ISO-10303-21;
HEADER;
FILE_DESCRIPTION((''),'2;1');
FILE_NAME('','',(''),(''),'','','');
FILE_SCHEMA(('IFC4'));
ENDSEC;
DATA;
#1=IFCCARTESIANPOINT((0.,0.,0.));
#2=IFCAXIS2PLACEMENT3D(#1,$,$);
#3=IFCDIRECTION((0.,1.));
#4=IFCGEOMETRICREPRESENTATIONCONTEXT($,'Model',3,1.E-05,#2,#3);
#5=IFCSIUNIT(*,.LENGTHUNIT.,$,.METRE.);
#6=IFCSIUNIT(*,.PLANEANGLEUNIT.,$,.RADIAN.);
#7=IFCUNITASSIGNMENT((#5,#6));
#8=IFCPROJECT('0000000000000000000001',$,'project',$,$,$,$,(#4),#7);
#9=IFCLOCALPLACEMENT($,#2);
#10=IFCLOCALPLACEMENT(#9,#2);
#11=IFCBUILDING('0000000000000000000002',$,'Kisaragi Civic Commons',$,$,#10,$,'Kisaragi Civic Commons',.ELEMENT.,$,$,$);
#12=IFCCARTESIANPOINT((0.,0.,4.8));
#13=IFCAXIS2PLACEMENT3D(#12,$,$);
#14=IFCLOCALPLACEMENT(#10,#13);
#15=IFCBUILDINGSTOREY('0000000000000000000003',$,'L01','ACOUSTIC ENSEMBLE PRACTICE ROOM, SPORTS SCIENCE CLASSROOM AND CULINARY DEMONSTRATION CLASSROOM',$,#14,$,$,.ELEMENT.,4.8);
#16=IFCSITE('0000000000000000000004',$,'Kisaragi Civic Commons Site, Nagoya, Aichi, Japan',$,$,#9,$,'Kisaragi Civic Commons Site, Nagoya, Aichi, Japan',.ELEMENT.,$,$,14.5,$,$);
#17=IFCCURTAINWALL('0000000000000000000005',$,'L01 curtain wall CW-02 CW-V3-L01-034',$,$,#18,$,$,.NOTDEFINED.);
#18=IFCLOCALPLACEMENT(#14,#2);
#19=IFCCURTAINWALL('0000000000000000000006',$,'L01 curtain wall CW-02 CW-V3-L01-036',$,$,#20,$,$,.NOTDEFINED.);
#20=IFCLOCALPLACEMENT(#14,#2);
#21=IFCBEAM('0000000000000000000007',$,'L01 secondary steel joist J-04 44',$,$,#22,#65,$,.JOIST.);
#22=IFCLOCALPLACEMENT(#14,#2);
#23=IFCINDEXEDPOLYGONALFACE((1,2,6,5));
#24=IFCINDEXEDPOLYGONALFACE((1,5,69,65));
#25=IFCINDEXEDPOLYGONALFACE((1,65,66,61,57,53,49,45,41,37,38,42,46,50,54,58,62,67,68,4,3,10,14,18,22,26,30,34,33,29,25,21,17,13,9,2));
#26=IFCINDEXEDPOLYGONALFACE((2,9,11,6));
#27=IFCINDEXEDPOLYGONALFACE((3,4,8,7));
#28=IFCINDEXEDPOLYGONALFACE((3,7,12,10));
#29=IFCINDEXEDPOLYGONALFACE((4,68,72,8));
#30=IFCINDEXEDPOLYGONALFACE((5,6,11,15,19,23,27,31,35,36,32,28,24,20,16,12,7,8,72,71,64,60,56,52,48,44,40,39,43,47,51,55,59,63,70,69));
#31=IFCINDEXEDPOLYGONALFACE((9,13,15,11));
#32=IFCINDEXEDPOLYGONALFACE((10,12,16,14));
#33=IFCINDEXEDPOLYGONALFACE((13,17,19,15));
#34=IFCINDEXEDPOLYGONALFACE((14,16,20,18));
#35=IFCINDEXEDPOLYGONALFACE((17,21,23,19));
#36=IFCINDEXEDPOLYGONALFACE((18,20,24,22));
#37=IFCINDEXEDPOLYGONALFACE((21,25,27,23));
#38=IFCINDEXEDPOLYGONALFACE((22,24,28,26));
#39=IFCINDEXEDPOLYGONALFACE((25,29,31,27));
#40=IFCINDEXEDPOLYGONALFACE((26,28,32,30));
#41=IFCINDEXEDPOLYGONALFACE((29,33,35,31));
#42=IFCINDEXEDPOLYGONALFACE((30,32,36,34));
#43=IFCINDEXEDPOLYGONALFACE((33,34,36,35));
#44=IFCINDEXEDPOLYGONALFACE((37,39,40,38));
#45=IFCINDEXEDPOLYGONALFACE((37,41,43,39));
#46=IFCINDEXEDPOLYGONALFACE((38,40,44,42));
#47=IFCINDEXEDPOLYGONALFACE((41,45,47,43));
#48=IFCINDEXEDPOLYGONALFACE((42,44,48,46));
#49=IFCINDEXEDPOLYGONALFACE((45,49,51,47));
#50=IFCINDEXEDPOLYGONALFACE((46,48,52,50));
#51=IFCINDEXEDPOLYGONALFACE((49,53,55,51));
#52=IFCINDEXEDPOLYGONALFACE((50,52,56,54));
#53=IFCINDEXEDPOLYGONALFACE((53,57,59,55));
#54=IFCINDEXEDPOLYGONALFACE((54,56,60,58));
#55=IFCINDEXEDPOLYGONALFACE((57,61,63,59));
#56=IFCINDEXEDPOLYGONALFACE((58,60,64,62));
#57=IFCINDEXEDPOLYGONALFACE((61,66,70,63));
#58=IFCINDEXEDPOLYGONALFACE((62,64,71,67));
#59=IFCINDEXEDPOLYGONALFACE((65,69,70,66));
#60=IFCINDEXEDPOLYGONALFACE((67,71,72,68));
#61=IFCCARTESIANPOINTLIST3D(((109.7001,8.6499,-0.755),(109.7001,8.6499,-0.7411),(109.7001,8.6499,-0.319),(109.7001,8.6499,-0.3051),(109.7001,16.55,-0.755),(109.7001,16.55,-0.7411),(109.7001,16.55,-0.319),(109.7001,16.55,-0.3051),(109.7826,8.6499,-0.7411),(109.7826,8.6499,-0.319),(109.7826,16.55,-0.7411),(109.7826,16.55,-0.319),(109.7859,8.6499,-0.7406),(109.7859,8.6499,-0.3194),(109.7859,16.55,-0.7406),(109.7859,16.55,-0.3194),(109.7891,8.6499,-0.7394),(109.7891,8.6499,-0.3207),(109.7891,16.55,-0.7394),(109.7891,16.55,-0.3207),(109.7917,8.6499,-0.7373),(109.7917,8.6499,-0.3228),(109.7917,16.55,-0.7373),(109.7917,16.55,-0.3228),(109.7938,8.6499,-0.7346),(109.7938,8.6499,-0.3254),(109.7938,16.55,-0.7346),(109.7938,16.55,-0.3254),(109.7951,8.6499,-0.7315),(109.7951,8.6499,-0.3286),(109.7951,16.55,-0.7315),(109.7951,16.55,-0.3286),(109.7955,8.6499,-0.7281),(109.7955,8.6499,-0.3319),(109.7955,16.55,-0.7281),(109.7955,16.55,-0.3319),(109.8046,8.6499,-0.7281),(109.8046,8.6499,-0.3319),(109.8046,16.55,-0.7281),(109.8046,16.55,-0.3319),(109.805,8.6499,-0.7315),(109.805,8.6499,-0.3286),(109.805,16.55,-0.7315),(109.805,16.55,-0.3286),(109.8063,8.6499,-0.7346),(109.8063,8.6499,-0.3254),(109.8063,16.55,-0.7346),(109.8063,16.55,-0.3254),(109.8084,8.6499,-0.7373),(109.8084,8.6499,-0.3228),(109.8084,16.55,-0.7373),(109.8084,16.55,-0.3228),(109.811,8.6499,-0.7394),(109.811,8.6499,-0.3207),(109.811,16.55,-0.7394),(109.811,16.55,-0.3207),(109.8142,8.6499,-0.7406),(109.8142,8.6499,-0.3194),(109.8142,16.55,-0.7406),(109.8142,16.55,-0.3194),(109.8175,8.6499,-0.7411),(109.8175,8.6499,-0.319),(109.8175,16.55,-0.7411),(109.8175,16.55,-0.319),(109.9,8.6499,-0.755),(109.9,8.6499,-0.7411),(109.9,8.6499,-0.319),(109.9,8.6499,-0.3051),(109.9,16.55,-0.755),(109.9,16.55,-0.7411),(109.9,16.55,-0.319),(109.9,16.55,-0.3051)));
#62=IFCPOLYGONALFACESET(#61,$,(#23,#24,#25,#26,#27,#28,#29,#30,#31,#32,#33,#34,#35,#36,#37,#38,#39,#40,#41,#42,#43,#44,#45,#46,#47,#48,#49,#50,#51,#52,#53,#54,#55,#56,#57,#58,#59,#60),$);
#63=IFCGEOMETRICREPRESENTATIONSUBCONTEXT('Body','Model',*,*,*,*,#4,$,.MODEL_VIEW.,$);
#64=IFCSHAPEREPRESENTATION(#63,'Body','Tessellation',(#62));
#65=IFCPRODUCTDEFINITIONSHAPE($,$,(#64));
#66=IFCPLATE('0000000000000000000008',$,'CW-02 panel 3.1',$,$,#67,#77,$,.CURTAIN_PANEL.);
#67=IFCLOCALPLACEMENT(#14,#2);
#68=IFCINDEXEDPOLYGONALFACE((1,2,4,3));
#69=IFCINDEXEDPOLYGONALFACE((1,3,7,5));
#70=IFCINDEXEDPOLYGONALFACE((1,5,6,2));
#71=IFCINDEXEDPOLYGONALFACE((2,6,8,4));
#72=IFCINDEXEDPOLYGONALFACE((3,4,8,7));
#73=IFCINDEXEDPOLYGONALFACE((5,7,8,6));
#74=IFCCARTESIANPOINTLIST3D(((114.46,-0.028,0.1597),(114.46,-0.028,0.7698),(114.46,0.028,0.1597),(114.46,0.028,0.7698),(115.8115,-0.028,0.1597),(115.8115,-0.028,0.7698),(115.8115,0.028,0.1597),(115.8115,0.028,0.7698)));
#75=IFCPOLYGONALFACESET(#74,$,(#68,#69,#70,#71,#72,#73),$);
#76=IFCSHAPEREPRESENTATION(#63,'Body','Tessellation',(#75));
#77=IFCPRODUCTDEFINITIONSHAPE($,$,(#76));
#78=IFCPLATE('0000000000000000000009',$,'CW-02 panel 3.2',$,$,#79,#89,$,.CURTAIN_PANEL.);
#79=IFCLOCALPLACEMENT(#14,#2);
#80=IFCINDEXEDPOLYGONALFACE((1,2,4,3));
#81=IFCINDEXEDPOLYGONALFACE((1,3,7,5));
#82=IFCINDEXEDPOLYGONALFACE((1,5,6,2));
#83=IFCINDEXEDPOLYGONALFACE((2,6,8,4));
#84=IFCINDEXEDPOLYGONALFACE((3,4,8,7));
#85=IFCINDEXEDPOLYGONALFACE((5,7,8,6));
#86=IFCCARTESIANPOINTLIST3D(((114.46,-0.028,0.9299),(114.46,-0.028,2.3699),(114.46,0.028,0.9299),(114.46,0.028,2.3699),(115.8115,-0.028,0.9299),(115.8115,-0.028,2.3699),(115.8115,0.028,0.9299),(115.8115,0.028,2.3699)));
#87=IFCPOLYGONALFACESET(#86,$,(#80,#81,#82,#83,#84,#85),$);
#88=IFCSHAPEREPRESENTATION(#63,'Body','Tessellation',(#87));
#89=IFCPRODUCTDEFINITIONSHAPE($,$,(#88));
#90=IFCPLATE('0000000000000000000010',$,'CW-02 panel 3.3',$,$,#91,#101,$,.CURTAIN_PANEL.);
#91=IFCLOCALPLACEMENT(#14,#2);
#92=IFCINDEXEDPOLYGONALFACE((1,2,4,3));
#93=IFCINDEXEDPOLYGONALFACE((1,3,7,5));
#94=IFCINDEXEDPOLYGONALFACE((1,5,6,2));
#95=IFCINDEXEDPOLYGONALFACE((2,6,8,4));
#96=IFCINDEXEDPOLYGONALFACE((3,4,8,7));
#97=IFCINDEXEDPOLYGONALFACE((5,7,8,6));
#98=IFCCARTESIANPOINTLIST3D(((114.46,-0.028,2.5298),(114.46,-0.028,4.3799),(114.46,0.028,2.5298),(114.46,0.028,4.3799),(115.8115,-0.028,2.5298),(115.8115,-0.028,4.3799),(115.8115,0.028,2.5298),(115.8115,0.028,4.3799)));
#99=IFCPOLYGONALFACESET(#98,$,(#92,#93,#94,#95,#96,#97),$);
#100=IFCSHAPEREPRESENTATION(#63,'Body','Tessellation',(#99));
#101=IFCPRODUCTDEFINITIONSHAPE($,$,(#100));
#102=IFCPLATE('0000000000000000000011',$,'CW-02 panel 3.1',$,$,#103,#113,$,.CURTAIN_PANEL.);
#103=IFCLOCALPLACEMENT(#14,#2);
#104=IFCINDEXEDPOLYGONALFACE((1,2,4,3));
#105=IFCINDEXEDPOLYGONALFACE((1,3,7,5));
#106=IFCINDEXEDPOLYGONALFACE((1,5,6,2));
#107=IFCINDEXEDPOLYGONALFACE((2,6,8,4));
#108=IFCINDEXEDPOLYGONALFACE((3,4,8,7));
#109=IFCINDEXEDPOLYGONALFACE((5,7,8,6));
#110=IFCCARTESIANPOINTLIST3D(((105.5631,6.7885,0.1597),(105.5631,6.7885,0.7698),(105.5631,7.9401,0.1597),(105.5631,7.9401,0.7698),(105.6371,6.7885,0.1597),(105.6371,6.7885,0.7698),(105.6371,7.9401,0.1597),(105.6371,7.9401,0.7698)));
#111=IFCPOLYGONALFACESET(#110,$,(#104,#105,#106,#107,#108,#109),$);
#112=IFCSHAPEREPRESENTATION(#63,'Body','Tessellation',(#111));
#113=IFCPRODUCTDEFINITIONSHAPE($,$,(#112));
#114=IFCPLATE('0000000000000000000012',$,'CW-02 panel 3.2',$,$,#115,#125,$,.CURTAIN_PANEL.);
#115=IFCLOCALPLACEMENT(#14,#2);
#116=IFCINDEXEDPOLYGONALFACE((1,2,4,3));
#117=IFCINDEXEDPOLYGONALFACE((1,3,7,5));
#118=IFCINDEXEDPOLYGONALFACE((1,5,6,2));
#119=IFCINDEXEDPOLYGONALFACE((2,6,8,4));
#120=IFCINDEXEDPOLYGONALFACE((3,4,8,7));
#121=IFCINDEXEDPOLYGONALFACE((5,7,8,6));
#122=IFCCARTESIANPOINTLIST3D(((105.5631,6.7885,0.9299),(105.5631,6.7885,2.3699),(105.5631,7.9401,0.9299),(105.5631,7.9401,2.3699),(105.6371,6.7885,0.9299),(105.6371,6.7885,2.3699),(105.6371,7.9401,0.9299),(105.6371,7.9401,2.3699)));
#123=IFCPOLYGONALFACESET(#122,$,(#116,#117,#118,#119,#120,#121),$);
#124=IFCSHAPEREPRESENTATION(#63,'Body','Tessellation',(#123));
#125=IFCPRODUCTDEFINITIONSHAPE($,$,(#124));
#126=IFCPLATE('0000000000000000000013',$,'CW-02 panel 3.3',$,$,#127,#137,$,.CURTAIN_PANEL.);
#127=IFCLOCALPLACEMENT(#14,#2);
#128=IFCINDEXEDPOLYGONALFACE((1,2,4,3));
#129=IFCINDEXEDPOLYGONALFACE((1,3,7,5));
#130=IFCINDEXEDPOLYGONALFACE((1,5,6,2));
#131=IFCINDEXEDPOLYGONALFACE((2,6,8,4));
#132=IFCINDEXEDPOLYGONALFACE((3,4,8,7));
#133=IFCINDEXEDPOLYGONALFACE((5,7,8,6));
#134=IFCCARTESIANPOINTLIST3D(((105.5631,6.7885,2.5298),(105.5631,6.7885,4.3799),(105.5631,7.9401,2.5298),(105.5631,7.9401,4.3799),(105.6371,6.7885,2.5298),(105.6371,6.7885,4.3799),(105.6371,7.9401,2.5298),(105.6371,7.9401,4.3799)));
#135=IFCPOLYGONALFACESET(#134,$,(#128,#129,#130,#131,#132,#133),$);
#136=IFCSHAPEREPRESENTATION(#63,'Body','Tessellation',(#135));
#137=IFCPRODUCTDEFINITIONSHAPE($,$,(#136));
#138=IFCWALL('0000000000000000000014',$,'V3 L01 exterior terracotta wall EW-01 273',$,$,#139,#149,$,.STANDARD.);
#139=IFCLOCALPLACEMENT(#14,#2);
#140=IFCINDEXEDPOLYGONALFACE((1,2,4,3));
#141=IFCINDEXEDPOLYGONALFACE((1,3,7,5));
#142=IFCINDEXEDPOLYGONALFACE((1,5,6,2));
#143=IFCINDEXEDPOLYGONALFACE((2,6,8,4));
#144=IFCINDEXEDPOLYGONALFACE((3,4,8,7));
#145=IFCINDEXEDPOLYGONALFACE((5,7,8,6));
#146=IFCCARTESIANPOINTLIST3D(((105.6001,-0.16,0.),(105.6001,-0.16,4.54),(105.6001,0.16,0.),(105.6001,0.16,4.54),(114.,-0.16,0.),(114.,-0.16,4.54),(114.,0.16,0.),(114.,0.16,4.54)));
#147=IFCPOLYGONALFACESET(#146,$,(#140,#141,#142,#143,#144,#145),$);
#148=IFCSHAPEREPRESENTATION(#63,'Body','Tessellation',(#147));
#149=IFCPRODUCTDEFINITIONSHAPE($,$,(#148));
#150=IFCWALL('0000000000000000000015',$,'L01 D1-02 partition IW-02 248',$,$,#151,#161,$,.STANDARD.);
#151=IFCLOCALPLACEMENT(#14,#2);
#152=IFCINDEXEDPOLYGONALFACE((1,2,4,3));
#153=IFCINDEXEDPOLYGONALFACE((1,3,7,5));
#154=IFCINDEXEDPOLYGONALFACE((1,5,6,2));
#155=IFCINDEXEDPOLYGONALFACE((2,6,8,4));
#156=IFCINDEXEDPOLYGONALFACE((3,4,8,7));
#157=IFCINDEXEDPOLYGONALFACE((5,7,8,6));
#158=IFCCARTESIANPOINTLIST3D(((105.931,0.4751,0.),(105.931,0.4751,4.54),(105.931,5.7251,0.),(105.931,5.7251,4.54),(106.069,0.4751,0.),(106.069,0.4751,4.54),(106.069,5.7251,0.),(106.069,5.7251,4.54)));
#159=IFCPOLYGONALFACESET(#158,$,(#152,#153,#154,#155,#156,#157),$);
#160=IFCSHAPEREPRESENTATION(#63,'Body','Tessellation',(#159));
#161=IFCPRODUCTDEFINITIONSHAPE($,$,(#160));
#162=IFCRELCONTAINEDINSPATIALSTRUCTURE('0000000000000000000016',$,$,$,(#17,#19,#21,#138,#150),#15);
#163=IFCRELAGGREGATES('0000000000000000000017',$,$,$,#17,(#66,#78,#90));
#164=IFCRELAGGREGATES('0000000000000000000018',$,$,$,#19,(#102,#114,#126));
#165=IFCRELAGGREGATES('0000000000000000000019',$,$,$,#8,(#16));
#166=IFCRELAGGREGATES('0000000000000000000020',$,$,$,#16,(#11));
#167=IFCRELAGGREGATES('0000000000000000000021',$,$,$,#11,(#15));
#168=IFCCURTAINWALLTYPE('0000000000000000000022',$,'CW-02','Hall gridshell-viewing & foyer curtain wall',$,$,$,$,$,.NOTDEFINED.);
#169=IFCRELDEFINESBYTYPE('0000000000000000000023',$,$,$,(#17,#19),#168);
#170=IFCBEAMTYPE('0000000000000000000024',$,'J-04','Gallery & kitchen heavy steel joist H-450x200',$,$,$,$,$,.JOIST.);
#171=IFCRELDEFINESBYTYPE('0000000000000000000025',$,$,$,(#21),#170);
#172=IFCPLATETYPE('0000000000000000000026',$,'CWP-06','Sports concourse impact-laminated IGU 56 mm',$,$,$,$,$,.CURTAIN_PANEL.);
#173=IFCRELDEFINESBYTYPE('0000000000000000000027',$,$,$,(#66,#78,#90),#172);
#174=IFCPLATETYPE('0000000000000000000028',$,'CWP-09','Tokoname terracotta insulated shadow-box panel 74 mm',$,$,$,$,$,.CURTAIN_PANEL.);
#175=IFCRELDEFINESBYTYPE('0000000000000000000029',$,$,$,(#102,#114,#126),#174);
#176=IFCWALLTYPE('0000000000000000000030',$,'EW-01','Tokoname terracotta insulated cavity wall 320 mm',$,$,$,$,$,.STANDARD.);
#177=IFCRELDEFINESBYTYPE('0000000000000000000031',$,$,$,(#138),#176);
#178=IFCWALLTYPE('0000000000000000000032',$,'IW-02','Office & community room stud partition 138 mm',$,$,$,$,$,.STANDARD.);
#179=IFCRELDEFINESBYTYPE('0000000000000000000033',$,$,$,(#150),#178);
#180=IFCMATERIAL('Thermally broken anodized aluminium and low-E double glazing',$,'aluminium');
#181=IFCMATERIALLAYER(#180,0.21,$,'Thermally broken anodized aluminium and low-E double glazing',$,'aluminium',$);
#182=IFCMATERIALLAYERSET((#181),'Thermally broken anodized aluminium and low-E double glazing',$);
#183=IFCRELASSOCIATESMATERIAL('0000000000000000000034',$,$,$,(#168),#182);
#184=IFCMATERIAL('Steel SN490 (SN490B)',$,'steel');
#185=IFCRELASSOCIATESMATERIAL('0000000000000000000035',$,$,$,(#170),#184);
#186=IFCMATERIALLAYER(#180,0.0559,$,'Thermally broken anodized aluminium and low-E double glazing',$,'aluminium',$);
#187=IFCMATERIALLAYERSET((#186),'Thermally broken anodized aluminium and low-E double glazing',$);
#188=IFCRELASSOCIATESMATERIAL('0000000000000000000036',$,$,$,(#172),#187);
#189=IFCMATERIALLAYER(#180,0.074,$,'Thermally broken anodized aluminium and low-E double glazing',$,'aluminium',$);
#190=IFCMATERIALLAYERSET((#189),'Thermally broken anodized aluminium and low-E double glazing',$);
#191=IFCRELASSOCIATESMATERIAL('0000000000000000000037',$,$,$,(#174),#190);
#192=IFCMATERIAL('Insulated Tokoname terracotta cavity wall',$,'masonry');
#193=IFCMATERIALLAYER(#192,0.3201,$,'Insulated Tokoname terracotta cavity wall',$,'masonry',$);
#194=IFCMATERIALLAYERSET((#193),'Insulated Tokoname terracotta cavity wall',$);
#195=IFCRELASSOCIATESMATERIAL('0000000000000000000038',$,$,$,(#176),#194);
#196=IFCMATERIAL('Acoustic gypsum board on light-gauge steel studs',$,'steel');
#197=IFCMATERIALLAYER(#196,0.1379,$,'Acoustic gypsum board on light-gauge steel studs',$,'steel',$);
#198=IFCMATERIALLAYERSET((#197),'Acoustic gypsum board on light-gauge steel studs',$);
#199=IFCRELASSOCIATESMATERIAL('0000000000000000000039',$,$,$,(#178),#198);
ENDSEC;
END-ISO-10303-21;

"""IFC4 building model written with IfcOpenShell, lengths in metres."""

from ifc_helpers import new_model, si_unit, direction, frame, frame_2d, origin, origin_2d, place, context, subcontext, project, spatial, rectangle, i_section, extrude, material, layer, layer_set, material_profile, profile_set, type_object, element, aggregate, save


model = new_model("IFC4")

# Units and contexts
model_context = context("Model", 3, precision=1e-05, world=origin(), true_north=direction((0.0, 1.0)))
body_context = subcontext(model_context, "Body", "Model", "MODEL_VIEW")
ifc_project = project(units=[si_unit("LENGTHUNIT", "METRE"), si_unit("PLANEANGLEUNIT", "RADIAN")], contexts=[model_context])

# Site, building, storey
site_placement = place(None, origin())
site = spatial("IfcSite", under=ifc_project, at=site_placement, Name="Kisaragi Civic Commons Site, Nagoya, Aichi, Japan", LongName="Kisaragi Civic Commons Site, Nagoya, Aichi, Japan", CompositionType="ELEMENT", RefElevation=14.5)
building_placement = place(site_placement, origin())
building = spatial("IfcBuilding", under=site, at=building_placement, Name="Kisaragi Civic Commons", LongName="Kisaragi Civic Commons", CompositionType="ELEMENT")
storey_placement = place(building_placement, frame((0.0, 0.0, 4.8)))
storey = spatial("IfcBuildingStorey", under=building, at=storey_placement, Name="L01", Description="ACOUSTIC ENSEMBLE PRACTICE ROOM, SPORTS SCIENCE CLASSROOM AND CULINARY DEMONSTRATION CLASSROOM", CompositionType="ELEMENT", Elevation=4.8)

# Curtain walls
ifc_material_1 = material(Name="Thermally broken anodized aluminium and low-E double glazing", Category="aluminium")
ifc_layer_1 = layer(ifc_material_1, 0.21, Name="Thermally broken anodized aluminium and low-E double glazing", Category="aluminium")
ifc_layer_set_1 = layer_set([ifc_layer_1], Name="Thermally broken anodized aluminium and low-E double glazing")
curtain_wall_type = type_object("IfcCurtainWallType", Name="CW-02", Description="Hall gridshell-viewing & foyer curtain wall", PredefinedType="NOTDEFINED", material=ifc_layer_set_1)
curtain_wall_1_placement = place(storey_placement, origin())
curtain_wall_1 = element("IfcCurtainWall", 1, at=curtain_wall_1_placement, inside=storey, type_object=curtain_wall_type, Name="L01 curtain wall CW-02 CW-V3-L01-034", PredefinedType="NOTDEFINED")
curtain_wall_2_placement = place(storey_placement, origin())
curtain_wall_2 = element("IfcCurtainWall", 2, at=curtain_wall_2_placement, inside=storey, type_object=curtain_wall_type, Name="L01 curtain wall CW-02 CW-V3-L01-036", PredefinedType="NOTDEFINED")

# Beam
ifc_material_2 = material(Name="Steel SN490 (SN490B)", Category="steel")
ifc_material_profile_1 = material_profile(ifc_material_2, i_section(OverallWidth=0.2, OverallDepth=0.45, WebThickness=0.009, FlangeThickness=0.0139, FilletRadius=0.0129, at=origin_2d()), Name="H-450x200x9x14", Category="steel")
ifc_profile_set_1 = profile_set([ifc_material_profile_1], Name="Steel SN490 (SN490B)")
beam_type = type_object("IfcBeamType", Name="J-04", Description="Gallery & kitchen heavy steel joist H-450x200", PredefinedType="JOIST", material=ifc_profile_set_1)
beam_1_placement = place(storey_placement, frame((109.8, 8.6499, -0.53), z_axis=(0.0, 1.0, 0.0), x_axis=(-1.0, 0.0, 0.0)))
element("IfcBeam", 3, at=beam_1_placement, inside=storey, type_object=beam_type, Name="L01 secondary steel joist J-04 44", PredefinedType="JOIST", context=body_context, shape_type="SweptSolid", body=[
    extrude(i_section(OverallWidth=0.2, OverallDepth=0.45, WebThickness=0.009, FlangeThickness=0.0139, FilletRadius=0.0129, at=origin_2d()), origin(), (0.0, 0.0, 1.0), 7.9001),
])

# Plates
ifc_layer_2 = layer(ifc_material_1, 0.0559, Name="Thermally broken anodized aluminium and low-E double glazing", Category="aluminium")
ifc_layer_set_2 = layer_set([ifc_layer_2], Name="Thermally broken anodized aluminium and low-E double glazing")
plate_type_1 = type_object("IfcPlateType", Name="CWP-06", Description="Sports concourse impact-laminated IGU 56 mm", PredefinedType="CURTAIN_PANEL", material=ifc_layer_set_2)
plate_1_placement = place(storey_placement, frame((115.1357, 0.0, 0.1597), z_axis=(0.0, 0.0, 1.0), x_axis=(-1.0, 0.0, 0.0)))
plate_1 = element("IfcPlate", 4, at=plate_1_placement, type_object=plate_type_1, Name="CW-02 panel 3.1", PredefinedType="CURTAIN_PANEL", context=body_context, shape_type="SweptSolid", body=[
    extrude(rectangle(XDim=1.3516, YDim=0.0559, at=origin_2d()), origin(), (0.0, 0.0, 1.0), 0.6101),
])
plate_2_placement = place(storey_placement, frame((115.1357, 0.0, 0.9299), z_axis=(0.0, 0.0, 1.0), x_axis=(-1.0, 0.0, 0.0)))
plate_2 = element("IfcPlate", 5, at=plate_2_placement, type_object=plate_type_1, Name="CW-02 panel 3.2", PredefinedType="CURTAIN_PANEL", context=body_context, shape_type="SweptSolid", body=[
    extrude(rectangle(XDim=1.3516, YDim=0.0559, at=origin_2d()), origin(), (0.0, 0.0, 1.0), 1.4399),
])
plate_3_placement = place(storey_placement, frame((115.1357, 0.0, 2.5298), z_axis=(0.0, 0.0, 1.0), x_axis=(-1.0, 0.0, 0.0)))
plate_3 = element("IfcPlate", 6, at=plate_3_placement, type_object=plate_type_1, Name="CW-02 panel 3.3", PredefinedType="CURTAIN_PANEL", context=body_context, shape_type="SweptSolid", body=[
    extrude(rectangle(XDim=1.3516, YDim=0.0559, at=origin_2d()), origin(), (0.0, 0.0, 1.0), 1.8501),
])
aggregate(curtain_wall_1, [plate_1, plate_2, plate_3])
ifc_layer_3 = layer(ifc_material_1, 0.074, Name="Thermally broken anodized aluminium and low-E double glazing", Category="aluminium")
ifc_layer_set_3 = layer_set([ifc_layer_3], Name="Thermally broken anodized aluminium and low-E double glazing")
plate_type_2 = type_object("IfcPlateType", Name="CWP-09", Description="Tokoname terracotta insulated shadow-box panel 74 mm", PredefinedType="CURTAIN_PANEL", material=ifc_layer_set_3)
plate_4_placement = place(storey_placement, frame((105.6001, 7.3643, 0.1597), z_axis=(0.0, 0.0, 1.0), x_axis=(0.0, 1.0, 0.0)))
plate_4 = element("IfcPlate", 7, at=plate_4_placement, type_object=plate_type_2, Name="CW-02 panel 3.1", PredefinedType="CURTAIN_PANEL", context=body_context, shape_type="SweptSolid", body=[
    extrude(rectangle(XDim=1.1516, YDim=0.074, at=origin_2d()), origin(), (0.0, 0.0, 1.0), 0.6101),
])
plate_5_placement = place(storey_placement, frame((105.6001, 7.3643, 0.9299), z_axis=(0.0, 0.0, 1.0), x_axis=(0.0, 1.0, 0.0)))
plate_5 = element("IfcPlate", 8, at=plate_5_placement, type_object=plate_type_2, Name="CW-02 panel 3.2", PredefinedType="CURTAIN_PANEL", context=body_context, shape_type="SweptSolid", body=[
    extrude(rectangle(XDim=1.1516, YDim=0.074, at=origin_2d()), origin(), (0.0, 0.0, 1.0), 1.4399),
])
plate_6_placement = place(storey_placement, frame((105.6001, 7.3643, 2.5298), z_axis=(0.0, 0.0, 1.0), x_axis=(0.0, 1.0, 0.0)))
plate_6 = element("IfcPlate", 9, at=plate_6_placement, type_object=plate_type_2, Name="CW-02 panel 3.3", PredefinedType="CURTAIN_PANEL", context=body_context, shape_type="SweptSolid", body=[
    extrude(rectangle(XDim=1.1516, YDim=0.074, at=origin_2d()), origin(), (0.0, 0.0, 1.0), 1.8501),
])
aggregate(curtain_wall_2, [plate_4, plate_5, plate_6])

# Walls
ifc_material_3 = material(Name="Insulated Tokoname terracotta cavity wall", Category="masonry")
ifc_layer_4 = layer(ifc_material_3, 0.3201, Name="Insulated Tokoname terracotta cavity wall", Category="masonry")
ifc_layer_set_4 = layer_set([ifc_layer_4], Name="Insulated Tokoname terracotta cavity wall")
wall_type_1 = type_object("IfcWallType", Name="EW-01", Description="Tokoname terracotta insulated cavity wall 320 mm", PredefinedType="STANDARD", material=ifc_layer_set_4)
wall_1_placement = place(storey_placement, frame((114.0, 0.0, 0.0), z_axis=(0.0, 0.0, 1.0), x_axis=(-1.0, 0.0, 0.0)))
element("IfcWall", 10, at=wall_1_placement, inside=storey, type_object=wall_type_1, Name="V3 L01 exterior terracotta wall EW-01 273", PredefinedType="STANDARD", context=body_context, shape_type="SweptSolid", body=[
    extrude(rectangle(XDim=8.3999, YDim=0.3201, at=frame_2d((4.2, 0.0))), origin(), (0.0, 0.0, 1.0), 4.54),
])
ifc_material_4 = material(Name="Acoustic gypsum board on light-gauge steel studs", Category="steel")
ifc_layer_5 = layer(ifc_material_4, 0.1379, Name="Acoustic gypsum board on light-gauge steel studs", Category="steel")
ifc_layer_set_5 = layer_set([ifc_layer_5], Name="Acoustic gypsum board on light-gauge steel studs")
wall_type_2 = type_object("IfcWallType", Name="IW-02", Description="Office & community room stud partition 138 mm", PredefinedType="STANDARD", material=ifc_layer_set_5)
wall_2_placement = place(storey_placement, frame((106.0, 0.4751, 0.0), z_axis=(0.0, 0.0, 1.0), x_axis=(0.0, 1.0, 0.0)))
element("IfcWall", 11, at=wall_2_placement, inside=storey, type_object=wall_type_2, Name="L01 D1-02 partition IW-02 248", PredefinedType="STANDARD", context=body_context, shape_type="SweptSolid", body=[
    extrude(rectangle(XDim=5.25, YDim=0.1379, at=frame_2d((2.625, 0.0))), origin(), (0.0, 0.0, 1.0), 4.54),
])

save(model, "model.ifc")
